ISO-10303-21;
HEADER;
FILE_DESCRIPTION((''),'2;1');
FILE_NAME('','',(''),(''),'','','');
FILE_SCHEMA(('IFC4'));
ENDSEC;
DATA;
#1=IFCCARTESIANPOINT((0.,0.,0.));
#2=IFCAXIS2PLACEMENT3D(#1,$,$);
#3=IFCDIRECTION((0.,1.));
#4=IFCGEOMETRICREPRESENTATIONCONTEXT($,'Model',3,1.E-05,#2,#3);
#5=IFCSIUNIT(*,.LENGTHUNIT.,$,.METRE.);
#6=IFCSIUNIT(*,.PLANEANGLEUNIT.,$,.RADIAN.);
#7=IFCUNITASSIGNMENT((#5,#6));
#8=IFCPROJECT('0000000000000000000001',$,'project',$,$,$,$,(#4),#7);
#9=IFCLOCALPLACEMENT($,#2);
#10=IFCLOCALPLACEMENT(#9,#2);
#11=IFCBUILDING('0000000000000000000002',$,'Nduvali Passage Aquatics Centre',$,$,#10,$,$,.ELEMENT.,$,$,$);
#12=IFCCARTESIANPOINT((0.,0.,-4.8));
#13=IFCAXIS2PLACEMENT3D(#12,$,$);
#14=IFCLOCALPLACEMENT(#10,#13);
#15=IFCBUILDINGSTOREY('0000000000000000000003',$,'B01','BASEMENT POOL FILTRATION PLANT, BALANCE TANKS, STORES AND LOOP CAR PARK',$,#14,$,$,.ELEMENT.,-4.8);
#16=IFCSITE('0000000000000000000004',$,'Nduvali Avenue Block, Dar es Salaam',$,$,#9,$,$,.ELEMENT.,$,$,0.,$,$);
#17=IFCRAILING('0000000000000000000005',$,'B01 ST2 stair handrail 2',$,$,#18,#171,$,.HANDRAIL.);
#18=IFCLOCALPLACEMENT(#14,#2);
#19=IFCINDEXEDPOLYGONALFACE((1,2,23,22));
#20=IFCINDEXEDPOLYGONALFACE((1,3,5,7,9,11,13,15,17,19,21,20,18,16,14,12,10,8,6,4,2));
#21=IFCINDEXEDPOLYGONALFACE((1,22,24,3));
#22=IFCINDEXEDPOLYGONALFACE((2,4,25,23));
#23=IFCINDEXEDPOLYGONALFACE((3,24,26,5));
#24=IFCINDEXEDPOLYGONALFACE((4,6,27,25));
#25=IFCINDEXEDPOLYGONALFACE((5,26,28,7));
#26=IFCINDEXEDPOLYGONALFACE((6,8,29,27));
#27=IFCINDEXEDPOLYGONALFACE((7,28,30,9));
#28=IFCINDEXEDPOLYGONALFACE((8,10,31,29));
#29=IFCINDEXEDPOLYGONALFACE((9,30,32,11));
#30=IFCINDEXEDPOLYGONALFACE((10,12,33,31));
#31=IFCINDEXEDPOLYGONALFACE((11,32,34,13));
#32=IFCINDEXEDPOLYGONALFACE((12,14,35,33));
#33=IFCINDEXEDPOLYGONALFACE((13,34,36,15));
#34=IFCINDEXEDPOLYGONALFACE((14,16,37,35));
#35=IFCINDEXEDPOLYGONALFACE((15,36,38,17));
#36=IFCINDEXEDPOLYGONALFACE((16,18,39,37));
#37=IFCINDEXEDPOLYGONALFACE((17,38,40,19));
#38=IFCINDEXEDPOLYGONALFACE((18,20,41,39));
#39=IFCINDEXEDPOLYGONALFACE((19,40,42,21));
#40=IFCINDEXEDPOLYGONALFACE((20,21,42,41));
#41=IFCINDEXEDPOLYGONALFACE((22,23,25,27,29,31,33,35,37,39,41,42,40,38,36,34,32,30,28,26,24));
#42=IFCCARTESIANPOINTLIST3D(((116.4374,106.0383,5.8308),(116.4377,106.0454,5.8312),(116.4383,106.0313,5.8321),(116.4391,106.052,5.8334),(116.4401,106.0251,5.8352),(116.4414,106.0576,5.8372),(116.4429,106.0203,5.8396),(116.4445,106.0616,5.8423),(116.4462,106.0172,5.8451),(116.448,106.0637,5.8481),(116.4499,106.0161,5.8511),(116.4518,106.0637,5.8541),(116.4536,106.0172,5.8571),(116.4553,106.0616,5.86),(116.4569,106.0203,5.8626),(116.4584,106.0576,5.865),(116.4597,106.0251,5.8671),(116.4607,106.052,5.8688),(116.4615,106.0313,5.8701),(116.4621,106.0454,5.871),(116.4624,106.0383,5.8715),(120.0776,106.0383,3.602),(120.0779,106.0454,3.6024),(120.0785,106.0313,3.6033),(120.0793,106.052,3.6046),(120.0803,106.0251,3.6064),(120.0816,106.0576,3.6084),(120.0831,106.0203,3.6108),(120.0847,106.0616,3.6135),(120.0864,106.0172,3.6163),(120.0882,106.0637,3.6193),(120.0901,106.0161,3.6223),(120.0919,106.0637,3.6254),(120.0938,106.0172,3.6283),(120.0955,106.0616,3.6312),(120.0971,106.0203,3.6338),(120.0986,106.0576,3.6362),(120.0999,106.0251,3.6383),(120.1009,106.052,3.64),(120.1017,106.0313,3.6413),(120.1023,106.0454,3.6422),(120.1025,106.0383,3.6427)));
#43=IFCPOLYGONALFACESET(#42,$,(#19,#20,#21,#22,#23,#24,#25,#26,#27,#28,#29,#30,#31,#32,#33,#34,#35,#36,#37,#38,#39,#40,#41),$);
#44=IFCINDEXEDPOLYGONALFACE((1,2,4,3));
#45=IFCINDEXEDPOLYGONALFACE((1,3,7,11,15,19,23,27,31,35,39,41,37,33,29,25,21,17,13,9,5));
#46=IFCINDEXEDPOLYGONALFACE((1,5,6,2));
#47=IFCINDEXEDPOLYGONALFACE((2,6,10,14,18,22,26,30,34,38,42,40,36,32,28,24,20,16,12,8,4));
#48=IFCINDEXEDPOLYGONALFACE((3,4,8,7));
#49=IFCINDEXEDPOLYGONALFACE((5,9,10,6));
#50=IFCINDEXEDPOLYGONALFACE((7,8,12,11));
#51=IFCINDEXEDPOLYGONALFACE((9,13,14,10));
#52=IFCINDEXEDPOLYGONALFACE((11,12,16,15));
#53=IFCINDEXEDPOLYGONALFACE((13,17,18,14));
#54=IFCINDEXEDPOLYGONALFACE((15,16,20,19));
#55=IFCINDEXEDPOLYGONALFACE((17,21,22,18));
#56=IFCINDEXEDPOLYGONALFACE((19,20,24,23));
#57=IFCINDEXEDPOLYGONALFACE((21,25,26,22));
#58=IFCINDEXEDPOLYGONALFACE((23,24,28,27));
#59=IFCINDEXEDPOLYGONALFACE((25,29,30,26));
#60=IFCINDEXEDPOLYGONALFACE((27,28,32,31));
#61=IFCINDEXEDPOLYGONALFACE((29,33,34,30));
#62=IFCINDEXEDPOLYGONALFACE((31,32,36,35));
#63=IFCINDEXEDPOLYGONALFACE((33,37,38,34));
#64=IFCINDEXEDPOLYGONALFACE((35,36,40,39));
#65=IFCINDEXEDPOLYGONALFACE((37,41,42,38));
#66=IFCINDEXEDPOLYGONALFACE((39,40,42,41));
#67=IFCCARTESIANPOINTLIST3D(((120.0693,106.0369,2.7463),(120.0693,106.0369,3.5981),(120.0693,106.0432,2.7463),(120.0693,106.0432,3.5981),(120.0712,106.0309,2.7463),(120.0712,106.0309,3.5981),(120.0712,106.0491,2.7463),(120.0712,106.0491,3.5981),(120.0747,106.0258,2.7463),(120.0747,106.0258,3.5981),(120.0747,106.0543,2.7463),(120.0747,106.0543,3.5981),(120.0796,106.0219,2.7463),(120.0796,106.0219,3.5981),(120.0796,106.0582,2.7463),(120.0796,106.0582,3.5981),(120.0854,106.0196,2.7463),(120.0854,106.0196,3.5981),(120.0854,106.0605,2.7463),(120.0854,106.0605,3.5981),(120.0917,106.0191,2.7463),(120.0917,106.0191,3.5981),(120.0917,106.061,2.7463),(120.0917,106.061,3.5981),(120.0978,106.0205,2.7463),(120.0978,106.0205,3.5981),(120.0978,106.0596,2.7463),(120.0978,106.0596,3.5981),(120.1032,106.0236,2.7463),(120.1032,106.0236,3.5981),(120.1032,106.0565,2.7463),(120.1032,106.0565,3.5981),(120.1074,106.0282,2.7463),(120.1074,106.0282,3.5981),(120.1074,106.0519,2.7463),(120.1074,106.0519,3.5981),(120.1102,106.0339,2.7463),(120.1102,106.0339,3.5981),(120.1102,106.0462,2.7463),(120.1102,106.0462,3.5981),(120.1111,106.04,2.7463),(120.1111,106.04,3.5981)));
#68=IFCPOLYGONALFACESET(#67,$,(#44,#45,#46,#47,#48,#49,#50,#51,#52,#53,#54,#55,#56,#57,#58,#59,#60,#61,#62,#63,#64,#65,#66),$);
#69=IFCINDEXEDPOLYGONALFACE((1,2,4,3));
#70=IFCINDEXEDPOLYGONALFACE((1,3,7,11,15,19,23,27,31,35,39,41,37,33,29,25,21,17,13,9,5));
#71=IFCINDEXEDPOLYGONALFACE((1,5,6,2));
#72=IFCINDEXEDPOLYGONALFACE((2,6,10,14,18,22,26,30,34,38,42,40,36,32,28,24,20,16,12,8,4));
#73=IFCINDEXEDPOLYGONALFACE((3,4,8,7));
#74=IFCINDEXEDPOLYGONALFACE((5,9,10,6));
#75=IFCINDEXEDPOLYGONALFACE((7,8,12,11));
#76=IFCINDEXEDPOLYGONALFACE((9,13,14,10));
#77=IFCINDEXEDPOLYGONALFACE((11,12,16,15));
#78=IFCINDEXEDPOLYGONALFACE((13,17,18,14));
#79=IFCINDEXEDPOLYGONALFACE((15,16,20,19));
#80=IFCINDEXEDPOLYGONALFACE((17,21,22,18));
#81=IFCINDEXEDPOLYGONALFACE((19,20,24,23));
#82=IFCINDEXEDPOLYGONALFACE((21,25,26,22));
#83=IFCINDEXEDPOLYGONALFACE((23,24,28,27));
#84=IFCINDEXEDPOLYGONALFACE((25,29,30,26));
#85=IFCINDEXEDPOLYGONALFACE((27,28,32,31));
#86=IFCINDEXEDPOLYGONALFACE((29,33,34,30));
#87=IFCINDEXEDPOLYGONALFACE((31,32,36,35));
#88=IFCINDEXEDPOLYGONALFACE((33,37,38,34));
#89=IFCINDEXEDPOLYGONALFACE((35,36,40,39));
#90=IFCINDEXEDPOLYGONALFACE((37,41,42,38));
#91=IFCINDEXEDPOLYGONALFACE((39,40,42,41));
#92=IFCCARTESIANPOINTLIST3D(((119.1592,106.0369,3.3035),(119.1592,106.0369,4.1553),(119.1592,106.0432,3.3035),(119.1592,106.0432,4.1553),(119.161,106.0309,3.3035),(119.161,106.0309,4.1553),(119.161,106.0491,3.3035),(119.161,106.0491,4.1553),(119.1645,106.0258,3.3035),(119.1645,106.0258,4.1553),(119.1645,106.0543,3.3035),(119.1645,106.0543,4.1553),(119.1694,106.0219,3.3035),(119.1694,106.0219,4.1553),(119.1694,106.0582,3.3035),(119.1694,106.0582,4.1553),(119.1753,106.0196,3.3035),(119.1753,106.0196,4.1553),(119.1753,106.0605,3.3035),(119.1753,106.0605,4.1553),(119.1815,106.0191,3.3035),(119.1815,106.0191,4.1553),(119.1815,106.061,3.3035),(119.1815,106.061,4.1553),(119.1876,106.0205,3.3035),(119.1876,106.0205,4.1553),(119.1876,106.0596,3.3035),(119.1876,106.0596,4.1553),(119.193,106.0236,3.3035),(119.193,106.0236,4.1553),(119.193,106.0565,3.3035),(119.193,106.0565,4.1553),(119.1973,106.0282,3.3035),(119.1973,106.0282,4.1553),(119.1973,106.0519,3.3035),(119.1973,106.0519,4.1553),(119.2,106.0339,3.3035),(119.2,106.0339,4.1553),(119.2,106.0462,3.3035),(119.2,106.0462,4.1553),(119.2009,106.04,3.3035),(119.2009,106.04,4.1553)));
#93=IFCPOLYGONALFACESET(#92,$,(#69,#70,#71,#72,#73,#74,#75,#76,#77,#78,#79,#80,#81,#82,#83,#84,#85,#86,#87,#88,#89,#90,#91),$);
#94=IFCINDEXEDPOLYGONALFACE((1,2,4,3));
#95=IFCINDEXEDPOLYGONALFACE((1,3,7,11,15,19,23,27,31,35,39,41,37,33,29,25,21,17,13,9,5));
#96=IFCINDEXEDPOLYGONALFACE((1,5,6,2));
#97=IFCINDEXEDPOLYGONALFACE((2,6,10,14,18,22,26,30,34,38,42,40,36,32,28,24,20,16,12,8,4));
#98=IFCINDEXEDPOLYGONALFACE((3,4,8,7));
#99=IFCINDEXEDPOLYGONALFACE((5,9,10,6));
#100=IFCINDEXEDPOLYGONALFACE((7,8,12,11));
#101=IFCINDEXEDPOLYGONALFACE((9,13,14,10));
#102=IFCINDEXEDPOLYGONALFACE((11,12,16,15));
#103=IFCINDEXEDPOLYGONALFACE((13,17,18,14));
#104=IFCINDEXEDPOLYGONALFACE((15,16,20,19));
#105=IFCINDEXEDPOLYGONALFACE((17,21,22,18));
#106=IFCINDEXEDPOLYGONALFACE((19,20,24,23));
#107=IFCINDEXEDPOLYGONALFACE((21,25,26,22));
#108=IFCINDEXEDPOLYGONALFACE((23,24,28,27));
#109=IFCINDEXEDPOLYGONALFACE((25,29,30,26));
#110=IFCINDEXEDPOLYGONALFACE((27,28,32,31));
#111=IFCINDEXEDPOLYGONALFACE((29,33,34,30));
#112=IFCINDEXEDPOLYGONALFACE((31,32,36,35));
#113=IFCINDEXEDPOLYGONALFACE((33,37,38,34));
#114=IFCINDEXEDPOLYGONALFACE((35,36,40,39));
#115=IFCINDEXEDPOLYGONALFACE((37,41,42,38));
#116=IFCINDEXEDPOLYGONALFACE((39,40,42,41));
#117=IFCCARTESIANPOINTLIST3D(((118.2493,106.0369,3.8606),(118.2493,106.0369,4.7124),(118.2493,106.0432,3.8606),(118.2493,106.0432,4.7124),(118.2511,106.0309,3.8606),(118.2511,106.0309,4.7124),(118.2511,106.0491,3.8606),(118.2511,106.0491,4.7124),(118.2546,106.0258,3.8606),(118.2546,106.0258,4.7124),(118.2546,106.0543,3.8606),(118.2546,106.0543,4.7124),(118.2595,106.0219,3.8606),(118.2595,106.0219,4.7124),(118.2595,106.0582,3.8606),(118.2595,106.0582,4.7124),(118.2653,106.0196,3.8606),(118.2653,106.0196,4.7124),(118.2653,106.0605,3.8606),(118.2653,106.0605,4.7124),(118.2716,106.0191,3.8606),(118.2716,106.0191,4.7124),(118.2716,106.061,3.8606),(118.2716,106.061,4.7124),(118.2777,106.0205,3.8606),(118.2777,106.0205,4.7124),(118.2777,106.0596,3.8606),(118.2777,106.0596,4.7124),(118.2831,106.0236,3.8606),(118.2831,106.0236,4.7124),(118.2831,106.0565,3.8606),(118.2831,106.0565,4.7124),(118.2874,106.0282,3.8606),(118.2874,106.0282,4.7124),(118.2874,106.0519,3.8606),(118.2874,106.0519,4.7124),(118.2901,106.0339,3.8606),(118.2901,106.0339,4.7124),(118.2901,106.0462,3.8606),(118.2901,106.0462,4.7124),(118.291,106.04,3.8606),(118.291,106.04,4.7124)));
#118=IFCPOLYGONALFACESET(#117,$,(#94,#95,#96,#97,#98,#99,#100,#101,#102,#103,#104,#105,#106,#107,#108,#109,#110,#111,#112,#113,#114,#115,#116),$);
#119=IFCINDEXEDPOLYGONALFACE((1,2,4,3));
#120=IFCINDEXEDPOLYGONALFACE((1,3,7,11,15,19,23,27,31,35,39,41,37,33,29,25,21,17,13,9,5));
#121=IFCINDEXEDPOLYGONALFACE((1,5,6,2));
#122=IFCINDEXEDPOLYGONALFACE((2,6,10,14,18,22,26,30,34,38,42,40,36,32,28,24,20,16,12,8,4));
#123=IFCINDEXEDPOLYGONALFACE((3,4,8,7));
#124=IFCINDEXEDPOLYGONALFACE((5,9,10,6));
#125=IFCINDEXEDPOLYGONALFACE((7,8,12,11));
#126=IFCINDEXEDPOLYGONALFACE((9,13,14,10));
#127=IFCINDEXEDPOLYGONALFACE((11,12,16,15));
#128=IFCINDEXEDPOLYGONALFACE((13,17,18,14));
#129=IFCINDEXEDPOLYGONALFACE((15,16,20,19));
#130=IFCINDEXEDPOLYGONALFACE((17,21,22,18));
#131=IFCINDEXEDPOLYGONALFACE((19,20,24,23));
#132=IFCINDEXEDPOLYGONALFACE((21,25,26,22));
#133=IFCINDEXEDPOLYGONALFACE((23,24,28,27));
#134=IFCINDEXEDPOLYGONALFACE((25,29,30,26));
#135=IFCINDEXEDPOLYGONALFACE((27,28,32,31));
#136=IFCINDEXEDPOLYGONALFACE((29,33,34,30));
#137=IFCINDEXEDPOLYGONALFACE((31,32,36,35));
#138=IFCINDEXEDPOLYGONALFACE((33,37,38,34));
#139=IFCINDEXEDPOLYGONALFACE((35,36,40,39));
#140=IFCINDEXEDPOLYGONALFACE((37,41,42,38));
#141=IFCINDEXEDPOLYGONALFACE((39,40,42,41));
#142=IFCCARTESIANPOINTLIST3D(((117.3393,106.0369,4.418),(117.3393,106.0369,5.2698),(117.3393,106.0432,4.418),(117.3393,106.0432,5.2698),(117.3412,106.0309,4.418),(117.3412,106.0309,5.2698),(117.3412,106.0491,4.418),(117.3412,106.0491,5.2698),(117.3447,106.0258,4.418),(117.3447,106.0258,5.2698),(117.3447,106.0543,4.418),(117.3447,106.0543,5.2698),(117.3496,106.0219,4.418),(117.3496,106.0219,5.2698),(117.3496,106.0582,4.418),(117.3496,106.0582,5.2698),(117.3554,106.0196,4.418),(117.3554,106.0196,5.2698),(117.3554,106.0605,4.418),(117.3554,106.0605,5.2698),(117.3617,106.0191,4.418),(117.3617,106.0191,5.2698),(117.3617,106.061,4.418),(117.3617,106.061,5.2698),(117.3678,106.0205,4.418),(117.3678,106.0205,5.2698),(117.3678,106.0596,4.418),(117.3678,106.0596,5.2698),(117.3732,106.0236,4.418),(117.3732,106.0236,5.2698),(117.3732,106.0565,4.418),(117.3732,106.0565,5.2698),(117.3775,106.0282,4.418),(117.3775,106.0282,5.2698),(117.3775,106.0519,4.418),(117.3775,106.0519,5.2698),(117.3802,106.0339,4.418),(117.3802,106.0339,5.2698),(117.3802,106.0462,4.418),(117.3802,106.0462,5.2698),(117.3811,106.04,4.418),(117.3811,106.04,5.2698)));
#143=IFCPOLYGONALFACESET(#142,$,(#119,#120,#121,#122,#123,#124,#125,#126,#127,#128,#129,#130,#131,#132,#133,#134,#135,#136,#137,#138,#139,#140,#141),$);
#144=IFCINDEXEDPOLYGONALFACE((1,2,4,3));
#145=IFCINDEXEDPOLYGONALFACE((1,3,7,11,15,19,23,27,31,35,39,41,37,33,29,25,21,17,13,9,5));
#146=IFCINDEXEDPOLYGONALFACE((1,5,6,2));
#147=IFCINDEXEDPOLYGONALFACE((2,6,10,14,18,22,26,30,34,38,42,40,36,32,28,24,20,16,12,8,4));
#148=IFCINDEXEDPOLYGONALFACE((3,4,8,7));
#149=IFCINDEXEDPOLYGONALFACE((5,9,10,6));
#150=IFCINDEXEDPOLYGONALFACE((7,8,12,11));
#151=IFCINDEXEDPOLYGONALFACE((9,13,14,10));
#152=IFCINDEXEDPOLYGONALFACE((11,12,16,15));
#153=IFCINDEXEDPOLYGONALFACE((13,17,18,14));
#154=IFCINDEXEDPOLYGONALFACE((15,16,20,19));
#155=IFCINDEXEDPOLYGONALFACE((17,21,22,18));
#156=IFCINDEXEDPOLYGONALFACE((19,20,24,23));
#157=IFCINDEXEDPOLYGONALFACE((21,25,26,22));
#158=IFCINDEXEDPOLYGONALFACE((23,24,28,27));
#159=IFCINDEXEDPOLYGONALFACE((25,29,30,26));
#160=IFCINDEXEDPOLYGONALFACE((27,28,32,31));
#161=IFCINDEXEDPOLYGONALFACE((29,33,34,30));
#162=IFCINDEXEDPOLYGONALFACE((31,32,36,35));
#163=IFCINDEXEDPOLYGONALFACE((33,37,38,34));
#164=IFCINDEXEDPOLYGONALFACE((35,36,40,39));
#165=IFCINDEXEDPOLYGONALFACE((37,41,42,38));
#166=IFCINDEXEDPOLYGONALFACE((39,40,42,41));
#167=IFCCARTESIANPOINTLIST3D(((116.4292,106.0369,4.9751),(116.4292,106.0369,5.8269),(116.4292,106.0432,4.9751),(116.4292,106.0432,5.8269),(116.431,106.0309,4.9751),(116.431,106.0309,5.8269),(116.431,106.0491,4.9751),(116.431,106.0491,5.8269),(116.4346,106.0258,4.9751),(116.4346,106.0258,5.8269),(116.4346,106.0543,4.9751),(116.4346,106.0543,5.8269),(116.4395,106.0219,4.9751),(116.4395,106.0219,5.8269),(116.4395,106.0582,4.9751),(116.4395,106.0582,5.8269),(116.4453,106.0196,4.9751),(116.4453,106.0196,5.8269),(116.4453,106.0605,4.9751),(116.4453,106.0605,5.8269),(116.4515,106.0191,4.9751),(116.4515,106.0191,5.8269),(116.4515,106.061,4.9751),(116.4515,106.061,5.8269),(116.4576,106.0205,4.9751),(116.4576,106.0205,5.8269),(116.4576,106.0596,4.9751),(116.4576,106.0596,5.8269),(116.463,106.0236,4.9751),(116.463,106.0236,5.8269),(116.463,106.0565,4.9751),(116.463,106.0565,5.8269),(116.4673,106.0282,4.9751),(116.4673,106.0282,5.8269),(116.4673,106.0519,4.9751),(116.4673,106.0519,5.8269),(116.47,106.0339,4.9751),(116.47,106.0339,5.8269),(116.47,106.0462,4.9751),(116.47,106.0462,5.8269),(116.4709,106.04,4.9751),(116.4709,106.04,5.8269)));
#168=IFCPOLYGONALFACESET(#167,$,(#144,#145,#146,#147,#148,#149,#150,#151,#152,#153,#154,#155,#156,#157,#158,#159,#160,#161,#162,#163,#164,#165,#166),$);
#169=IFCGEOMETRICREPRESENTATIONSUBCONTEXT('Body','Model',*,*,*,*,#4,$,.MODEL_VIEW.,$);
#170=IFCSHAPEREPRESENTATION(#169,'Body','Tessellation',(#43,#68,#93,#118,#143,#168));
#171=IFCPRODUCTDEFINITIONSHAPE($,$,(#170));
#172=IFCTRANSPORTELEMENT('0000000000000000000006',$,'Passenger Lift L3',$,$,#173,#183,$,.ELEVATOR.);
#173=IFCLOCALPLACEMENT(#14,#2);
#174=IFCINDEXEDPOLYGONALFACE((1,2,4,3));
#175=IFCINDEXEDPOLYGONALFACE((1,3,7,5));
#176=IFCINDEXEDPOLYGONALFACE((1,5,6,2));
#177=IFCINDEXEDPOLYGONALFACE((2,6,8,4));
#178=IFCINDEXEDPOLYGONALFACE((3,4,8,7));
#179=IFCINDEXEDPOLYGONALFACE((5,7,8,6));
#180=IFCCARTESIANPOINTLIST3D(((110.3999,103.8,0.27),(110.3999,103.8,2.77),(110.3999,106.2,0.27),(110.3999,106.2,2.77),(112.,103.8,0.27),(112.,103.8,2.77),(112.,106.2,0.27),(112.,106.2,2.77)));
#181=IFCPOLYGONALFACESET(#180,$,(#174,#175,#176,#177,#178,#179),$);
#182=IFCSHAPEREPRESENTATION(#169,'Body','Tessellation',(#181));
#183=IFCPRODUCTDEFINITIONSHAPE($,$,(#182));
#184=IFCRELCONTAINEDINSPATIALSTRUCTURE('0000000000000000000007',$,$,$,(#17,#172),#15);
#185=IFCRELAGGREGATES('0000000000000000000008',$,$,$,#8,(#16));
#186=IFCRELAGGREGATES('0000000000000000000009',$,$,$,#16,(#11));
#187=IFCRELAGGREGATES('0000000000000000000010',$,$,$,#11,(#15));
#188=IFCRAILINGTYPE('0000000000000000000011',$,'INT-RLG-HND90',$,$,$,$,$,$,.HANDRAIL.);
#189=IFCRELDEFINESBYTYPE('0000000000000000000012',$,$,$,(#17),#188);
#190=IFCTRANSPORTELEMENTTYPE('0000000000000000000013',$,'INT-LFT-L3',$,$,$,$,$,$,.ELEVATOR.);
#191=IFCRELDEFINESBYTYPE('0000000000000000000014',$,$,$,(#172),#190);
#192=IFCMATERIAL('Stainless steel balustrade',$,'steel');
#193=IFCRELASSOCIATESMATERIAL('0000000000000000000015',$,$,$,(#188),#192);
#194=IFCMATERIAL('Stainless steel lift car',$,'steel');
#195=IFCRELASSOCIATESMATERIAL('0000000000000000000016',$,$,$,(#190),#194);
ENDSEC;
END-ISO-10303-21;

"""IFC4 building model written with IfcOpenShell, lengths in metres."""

from ifc_helpers import new_model, si_unit, direction, frame, origin, origin_2d, place, context, subcontext, project, spatial, rectangle, circle, extrude, material, type_object, element, save


model = new_model("IFC4")

# Units and contexts
model_context = context("Model", 3, precision=1e-05, world=origin(), true_north=direction((0.0, 1.0)))
body_context = subcontext(model_context, "Body", "Model", "MODEL_VIEW")
ifc_project = project(units=[si_unit("LENGTHUNIT", "METRE"), si_unit("PLANEANGLEUNIT", "RADIAN")], contexts=[model_context])

# Site, building, storey
site_placement = place(None, origin())
site = spatial("IfcSite", under=ifc_project, at=site_placement, Name="Nduvali Avenue Block, Dar es Salaam", CompositionType="ELEMENT", RefElevation=0.0)
building_placement = place(site_placement, origin())
building = spatial("IfcBuilding", under=site, at=building_placement, Name="Nduvali Passage Aquatics Centre", CompositionType="ELEMENT")
storey_placement = place(building_placement, frame((0.0, 0.0, -4.8)))
storey = spatial("IfcBuildingStorey", under=building, at=storey_placement, Name="B01", Description="BASEMENT POOL FILTRATION PLANT, BALANCE TANKS, STORES AND LOOP CAR PARK", CompositionType="ELEMENT", Elevation=-4.8)

# Railing
ifc_material_1 = material(Name="Stainless steel balustrade", Category="steel")
railing_type_1 = type_object("IfcRailingType", Name="INT-RLG-HND90", PredefinedType="HANDRAIL", material=ifc_material_1)
railing_1_placement = place(storey_placement, frame((120.0901, 106.04, 2.7463)))
element("IfcRailing", 1, at=railing_1_placement, inside=storey, type_object=railing_type_1, Name="B01 ST2 stair handrail 2", PredefinedType="HANDRAIL", context=body_context, shape_type="SweptSolid", body=[
    extrude(circle(Radius=0.0239, at=origin_2d()), frame((0.0, 0.0, 0.876), z_axis=(-0.85284, 0.0, 0.522172), x_axis=(0.0, -1.0, 0.0)), (0.0, 0.0, 1.0), 4.2683),
    extrude(circle(Radius=0.021, at=origin_2d()), origin(), (0.0, 0.0, 1.0), 0.8518),
    extrude(circle(Radius=0.021, at=origin_2d()), frame((-0.9102, 0.0, 0.5571)), (0.0, 0.0, 1.0), 0.8518),
    extrude(circle(Radius=0.021, at=origin_2d()), frame((-1.8201, 0.0, 1.1143)), (0.0, 0.0, 1.0), 0.8518),
    extrude(circle(Radius=0.021, at=origin_2d()), frame((-2.73, 0.0, 1.6716)), (0.0, 0.0, 1.0), 0.8518),
    extrude(circle(Radius=0.021, at=origin_2d()), frame((-3.6401, 0.0, 2.2288)), (0.0, 0.0, 1.0), 0.8518),
])

# Transport element
ifc_material_2 = material(Name="Stainless steel lift car", Category="steel")
transport_element_type = type_object("IfcTransportElementType", Name="INT-LFT-L3", PredefinedType="ELEVATOR", material=ifc_material_2)
transport_element_placement = place(storey_placement, frame((111.2, 105.0, 0.27), z_axis=(0.0, 0.0, 1.0), x_axis=(1.0, 0.0, 0.0)))
element("IfcTransportElement", 2, at=transport_element_placement, inside=storey, type_object=transport_element_type, Name="Passenger Lift L3", PredefinedType="ELEVATOR", context=body_context, shape_type="SweptSolid", body=[
    extrude(rectangle(XDim=1.6001, YDim=2.3999, at=origin_2d()), origin(), (0.0, 0.0, 1.0), 2.5),
])

save(model, "model.ifc")
